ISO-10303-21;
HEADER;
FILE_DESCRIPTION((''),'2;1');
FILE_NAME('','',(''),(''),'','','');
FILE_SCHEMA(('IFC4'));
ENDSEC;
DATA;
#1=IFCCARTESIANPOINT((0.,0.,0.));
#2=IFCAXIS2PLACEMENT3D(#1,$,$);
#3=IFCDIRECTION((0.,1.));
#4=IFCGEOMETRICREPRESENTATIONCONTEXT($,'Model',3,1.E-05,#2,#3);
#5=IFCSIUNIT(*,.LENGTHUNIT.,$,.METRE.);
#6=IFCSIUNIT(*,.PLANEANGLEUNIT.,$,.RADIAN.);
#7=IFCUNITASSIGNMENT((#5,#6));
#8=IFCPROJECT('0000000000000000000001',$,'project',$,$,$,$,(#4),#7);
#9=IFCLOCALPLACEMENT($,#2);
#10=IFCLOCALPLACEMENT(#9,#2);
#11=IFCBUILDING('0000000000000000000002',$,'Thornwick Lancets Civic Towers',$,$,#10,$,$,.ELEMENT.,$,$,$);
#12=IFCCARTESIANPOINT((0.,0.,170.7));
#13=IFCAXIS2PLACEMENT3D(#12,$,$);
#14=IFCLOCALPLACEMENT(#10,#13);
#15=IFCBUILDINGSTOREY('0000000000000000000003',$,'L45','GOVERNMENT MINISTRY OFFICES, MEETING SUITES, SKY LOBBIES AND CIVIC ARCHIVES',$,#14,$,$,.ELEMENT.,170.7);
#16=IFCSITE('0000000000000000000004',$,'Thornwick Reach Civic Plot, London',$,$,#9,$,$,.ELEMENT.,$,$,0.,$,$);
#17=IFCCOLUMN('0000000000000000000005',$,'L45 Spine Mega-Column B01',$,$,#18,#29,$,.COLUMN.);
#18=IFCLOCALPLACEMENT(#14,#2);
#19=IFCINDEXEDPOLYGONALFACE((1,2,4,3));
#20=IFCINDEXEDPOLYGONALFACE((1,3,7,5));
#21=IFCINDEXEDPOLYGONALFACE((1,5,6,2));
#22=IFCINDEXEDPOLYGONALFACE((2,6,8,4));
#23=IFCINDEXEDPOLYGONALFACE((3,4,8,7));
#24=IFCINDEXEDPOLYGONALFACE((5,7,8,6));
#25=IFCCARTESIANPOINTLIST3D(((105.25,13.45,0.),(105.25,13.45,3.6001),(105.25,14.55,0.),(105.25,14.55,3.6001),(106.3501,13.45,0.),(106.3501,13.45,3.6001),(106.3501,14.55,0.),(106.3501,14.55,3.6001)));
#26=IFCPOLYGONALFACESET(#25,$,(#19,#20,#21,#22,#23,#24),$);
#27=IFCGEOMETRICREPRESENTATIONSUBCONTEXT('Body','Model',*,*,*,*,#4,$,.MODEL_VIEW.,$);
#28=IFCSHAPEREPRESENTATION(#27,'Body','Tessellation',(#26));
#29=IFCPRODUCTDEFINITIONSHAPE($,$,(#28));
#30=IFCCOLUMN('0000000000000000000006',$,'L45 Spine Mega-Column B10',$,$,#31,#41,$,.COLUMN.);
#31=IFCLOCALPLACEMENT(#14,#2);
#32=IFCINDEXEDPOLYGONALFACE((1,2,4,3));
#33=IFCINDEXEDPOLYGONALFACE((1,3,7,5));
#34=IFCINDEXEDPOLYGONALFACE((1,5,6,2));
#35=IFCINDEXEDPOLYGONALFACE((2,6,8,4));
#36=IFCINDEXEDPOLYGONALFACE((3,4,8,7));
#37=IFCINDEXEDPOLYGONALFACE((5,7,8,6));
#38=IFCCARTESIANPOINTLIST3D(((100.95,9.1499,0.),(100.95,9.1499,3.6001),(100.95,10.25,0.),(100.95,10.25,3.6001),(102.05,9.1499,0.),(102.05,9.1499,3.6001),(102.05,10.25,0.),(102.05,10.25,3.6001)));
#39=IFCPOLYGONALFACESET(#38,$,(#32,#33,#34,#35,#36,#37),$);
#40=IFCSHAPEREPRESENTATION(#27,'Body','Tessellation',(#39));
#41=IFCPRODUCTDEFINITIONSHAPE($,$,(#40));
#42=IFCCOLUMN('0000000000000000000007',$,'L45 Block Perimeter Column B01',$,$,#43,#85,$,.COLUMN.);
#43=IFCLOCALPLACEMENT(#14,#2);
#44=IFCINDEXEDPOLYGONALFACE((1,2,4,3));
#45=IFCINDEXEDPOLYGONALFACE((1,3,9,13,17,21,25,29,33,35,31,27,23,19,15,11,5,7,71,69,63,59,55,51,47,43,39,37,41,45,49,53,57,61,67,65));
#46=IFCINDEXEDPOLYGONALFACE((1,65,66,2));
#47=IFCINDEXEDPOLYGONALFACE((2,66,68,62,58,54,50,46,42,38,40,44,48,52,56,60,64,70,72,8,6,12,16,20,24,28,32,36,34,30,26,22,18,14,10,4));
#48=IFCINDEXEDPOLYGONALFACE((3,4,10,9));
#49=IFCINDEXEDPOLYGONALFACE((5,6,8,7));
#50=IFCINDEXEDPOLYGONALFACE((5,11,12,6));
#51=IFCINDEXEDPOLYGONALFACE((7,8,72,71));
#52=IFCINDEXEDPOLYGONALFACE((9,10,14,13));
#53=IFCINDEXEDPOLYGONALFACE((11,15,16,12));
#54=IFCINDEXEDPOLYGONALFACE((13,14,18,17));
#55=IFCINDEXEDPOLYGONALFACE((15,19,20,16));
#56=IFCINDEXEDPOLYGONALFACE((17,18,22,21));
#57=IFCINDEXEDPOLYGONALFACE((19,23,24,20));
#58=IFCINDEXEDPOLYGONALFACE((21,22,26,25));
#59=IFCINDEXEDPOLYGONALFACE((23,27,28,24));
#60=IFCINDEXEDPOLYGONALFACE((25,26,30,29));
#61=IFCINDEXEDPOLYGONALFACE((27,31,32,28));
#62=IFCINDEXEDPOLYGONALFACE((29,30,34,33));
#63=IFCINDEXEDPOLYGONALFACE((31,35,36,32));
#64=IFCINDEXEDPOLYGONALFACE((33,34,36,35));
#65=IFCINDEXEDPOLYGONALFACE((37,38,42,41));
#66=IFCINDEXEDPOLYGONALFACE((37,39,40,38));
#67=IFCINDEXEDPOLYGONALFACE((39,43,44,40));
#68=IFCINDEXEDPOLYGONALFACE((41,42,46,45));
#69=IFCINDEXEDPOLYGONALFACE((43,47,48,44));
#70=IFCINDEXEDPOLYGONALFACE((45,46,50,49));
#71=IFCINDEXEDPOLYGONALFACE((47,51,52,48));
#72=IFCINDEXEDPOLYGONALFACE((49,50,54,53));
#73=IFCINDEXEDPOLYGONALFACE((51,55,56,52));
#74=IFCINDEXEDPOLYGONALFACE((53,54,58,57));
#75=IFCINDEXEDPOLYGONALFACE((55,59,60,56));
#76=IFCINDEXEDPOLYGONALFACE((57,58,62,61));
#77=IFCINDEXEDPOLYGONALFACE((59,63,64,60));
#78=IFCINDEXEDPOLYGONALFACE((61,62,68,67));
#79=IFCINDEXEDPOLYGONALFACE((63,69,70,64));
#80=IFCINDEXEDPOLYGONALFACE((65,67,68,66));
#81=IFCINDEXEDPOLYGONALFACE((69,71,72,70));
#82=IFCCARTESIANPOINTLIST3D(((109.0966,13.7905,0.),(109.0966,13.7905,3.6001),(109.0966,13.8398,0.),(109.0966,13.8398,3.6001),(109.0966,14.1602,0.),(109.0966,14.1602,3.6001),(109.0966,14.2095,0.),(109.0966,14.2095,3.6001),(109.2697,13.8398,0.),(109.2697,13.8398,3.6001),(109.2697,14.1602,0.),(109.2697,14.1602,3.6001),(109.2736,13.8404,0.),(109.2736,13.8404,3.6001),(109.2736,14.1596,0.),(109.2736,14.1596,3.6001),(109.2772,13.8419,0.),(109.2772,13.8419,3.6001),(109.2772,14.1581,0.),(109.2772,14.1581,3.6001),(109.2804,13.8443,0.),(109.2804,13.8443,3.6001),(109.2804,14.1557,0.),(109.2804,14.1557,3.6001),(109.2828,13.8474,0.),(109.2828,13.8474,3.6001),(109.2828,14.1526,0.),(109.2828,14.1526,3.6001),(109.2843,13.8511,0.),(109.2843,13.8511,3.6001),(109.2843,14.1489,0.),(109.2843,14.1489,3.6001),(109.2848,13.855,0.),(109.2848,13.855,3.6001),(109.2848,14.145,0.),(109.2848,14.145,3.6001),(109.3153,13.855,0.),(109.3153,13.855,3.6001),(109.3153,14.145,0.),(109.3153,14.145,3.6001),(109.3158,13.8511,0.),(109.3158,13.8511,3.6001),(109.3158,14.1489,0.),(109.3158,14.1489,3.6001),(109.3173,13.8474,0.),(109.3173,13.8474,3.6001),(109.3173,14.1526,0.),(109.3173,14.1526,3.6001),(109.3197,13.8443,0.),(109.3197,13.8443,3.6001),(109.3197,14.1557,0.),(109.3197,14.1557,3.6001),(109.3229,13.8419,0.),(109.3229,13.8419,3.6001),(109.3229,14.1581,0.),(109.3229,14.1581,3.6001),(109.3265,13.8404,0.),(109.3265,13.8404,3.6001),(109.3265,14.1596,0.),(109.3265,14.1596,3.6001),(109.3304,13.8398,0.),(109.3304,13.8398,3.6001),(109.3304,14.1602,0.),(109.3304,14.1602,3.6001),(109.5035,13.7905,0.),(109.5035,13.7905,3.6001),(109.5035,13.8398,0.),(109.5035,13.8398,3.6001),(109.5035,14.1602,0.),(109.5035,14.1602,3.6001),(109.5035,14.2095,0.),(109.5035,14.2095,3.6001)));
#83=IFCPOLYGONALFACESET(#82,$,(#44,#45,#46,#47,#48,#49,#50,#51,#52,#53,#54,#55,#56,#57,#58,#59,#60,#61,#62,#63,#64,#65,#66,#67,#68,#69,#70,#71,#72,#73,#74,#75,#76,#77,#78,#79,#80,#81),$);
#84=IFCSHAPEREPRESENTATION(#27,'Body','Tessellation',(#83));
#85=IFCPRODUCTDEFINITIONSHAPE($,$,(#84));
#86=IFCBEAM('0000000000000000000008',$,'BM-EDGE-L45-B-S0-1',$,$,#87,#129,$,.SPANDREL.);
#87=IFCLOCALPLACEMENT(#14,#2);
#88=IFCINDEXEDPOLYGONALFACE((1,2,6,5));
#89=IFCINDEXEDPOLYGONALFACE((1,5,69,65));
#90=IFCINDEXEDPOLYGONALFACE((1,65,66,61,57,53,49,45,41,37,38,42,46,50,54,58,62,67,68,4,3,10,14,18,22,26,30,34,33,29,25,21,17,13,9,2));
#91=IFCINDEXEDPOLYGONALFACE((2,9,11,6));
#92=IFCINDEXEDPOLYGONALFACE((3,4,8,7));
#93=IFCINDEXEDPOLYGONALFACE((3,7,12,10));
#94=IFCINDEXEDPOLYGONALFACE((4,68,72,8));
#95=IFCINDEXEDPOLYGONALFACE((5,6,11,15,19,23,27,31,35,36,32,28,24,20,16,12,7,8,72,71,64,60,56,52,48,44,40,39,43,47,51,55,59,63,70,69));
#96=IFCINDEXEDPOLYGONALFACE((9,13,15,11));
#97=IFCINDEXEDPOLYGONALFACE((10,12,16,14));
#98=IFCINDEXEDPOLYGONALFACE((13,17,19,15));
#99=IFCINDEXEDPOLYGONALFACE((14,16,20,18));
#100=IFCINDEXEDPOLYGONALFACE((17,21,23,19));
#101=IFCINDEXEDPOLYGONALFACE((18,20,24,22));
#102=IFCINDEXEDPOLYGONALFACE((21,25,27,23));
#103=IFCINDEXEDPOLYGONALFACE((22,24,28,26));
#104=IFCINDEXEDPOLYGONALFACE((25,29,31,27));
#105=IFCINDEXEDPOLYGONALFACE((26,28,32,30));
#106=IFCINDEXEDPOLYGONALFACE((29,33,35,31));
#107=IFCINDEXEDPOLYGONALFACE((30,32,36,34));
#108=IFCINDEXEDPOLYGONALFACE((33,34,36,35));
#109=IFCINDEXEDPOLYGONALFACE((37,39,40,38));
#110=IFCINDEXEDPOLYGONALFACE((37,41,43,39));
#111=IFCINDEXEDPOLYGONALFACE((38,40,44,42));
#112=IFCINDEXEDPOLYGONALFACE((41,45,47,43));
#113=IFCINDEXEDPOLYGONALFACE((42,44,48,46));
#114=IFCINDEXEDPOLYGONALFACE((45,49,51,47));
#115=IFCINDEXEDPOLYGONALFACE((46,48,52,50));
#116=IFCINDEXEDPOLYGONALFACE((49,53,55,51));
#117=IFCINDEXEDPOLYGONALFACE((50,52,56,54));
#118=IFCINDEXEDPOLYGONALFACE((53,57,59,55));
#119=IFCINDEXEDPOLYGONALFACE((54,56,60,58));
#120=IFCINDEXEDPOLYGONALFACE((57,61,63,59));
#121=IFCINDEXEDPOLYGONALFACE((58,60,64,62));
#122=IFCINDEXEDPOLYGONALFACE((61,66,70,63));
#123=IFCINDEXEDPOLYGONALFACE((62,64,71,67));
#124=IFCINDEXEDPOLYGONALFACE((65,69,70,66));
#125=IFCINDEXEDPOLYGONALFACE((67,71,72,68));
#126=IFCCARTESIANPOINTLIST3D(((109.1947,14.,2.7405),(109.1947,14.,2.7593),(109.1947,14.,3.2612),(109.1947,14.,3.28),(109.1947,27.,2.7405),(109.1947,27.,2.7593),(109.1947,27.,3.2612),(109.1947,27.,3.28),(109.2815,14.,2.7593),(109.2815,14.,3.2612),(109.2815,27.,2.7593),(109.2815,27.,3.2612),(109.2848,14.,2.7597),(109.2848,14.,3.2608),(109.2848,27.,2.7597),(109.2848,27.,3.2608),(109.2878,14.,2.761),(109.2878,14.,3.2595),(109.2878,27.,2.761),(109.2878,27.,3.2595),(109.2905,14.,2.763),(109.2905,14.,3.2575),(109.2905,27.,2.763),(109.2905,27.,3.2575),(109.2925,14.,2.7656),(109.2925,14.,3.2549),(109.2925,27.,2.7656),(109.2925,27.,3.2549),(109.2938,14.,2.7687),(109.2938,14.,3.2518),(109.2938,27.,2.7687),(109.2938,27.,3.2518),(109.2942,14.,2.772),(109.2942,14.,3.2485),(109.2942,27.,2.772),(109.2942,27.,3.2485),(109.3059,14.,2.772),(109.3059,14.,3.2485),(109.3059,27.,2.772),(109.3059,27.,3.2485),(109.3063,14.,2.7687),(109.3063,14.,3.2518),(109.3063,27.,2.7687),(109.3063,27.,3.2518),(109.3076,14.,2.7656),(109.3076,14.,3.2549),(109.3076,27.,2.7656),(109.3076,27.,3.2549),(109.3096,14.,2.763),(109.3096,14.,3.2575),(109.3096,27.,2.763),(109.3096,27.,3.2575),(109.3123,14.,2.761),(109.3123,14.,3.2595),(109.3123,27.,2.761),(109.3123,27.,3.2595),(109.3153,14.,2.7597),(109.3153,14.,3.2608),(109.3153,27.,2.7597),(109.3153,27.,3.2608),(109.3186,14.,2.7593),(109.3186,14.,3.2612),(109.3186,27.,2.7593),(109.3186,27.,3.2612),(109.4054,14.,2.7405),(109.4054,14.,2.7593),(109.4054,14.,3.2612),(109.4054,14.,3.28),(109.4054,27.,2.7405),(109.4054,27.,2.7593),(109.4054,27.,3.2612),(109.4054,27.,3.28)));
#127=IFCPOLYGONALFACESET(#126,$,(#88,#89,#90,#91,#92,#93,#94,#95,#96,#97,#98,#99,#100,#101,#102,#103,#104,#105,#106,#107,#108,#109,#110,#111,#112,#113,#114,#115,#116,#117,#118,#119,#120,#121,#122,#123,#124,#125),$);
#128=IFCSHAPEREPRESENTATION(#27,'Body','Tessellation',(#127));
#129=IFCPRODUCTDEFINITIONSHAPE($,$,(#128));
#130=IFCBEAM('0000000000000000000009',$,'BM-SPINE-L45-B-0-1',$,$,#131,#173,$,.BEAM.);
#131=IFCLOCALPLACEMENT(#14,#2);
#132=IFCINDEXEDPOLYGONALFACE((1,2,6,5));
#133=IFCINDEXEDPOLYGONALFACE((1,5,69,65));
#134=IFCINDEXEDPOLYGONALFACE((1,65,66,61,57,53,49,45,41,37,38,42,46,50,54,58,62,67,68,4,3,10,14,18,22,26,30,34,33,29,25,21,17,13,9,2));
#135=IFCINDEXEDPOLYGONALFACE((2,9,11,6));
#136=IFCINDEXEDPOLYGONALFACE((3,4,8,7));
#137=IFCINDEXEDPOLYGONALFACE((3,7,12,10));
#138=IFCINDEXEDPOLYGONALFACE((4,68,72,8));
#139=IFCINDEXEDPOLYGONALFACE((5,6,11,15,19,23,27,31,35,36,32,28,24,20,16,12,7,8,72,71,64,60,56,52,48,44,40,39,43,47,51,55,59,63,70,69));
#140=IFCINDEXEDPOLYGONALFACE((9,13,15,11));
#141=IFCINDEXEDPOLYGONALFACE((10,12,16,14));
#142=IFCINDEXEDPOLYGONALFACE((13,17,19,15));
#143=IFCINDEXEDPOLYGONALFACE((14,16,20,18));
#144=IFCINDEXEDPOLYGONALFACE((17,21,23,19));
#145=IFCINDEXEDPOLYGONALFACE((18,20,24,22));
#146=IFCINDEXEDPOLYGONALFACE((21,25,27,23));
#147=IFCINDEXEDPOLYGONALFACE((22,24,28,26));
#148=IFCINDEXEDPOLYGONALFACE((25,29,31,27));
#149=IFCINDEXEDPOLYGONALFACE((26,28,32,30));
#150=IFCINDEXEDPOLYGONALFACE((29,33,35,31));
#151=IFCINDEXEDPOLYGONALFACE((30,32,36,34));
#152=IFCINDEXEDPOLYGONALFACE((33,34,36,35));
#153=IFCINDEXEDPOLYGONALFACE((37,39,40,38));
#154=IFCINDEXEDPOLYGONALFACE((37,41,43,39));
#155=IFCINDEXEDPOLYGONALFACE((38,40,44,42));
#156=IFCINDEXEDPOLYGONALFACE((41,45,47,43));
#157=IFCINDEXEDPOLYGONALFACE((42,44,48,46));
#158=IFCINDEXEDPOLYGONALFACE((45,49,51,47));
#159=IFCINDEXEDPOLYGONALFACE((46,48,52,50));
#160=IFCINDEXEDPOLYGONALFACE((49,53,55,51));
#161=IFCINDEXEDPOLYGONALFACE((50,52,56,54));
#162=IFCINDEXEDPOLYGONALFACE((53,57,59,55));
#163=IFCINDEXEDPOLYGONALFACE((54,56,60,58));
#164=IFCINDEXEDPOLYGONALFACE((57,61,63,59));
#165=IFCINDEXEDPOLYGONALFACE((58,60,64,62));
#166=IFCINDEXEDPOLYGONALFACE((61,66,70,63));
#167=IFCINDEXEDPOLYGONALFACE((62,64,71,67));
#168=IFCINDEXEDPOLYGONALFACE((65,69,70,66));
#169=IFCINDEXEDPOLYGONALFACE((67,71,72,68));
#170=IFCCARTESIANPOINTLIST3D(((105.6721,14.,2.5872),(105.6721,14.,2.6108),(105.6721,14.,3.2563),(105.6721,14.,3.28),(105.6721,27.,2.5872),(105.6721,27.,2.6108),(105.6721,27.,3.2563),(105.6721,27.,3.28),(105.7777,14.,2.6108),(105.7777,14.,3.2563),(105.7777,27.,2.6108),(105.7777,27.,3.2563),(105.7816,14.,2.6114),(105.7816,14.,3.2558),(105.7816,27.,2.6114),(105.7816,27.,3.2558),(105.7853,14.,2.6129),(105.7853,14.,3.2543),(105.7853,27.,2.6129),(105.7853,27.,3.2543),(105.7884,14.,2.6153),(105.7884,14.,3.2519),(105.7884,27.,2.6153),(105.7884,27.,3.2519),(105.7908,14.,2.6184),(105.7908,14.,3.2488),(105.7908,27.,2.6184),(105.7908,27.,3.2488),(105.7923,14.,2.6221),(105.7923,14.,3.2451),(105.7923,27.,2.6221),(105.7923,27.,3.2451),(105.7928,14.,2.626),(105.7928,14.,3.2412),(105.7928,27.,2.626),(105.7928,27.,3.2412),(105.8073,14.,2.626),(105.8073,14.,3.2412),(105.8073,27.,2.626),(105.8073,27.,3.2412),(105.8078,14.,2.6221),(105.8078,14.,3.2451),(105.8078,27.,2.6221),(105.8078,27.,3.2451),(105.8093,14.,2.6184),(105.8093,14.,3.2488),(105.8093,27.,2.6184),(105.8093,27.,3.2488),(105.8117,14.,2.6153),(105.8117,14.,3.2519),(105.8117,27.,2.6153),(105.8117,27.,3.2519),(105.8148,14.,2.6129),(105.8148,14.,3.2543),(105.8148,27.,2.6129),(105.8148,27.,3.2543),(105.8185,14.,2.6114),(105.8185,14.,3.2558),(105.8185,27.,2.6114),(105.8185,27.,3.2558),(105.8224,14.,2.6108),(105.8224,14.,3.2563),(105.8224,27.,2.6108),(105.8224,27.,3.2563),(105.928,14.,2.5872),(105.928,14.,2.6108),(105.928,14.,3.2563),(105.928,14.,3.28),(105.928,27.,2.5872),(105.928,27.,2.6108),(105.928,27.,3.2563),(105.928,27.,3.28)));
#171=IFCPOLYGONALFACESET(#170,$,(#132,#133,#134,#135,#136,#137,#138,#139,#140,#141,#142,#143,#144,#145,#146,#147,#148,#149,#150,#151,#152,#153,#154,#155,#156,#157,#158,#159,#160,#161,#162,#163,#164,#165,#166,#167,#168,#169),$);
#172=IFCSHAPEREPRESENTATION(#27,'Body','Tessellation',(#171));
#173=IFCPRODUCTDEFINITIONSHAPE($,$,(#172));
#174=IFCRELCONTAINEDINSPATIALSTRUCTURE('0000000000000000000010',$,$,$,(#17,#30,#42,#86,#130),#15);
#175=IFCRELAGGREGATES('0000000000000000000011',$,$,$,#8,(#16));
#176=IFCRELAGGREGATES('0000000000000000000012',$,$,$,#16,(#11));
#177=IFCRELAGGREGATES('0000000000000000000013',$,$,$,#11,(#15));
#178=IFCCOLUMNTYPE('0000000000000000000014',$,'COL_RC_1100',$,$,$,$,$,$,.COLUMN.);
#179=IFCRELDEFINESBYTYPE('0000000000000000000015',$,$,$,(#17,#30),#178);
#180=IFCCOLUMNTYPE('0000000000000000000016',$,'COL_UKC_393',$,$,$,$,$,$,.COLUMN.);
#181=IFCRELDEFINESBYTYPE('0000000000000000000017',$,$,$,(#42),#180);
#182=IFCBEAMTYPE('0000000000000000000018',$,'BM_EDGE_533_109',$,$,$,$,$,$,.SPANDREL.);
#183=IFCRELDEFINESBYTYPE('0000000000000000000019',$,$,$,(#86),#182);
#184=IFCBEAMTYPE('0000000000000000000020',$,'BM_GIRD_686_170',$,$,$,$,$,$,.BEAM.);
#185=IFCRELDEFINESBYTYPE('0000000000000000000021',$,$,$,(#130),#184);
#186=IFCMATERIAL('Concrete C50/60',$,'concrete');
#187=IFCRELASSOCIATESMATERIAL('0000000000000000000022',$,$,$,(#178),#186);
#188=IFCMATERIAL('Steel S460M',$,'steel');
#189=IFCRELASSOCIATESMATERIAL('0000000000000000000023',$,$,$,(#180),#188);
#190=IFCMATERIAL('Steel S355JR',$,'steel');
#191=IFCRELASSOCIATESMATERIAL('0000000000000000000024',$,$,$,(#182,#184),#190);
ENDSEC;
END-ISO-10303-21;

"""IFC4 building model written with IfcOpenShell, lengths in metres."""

from ifc_helpers import new_model, si_unit, direction, frame, origin, origin_2d, place, context, subcontext, project, spatial, rectangle, i_section, extrude, material, material_profile, profile_set, type_object, element, save


model = new_model("IFC4")

# Units and contexts
model_context = context("Model", 3, precision=1e-05, world=origin(), true_north=direction((0.0, 1.0)))
body_context = subcontext(model_context, "Body", "Model", "MODEL_VIEW")
ifc_project = project(units=[si_unit("LENGTHUNIT", "METRE"), si_unit("PLANEANGLEUNIT", "RADIAN")], contexts=[model_context])

# Site, building, storey
site_placement = place(None, origin())
site = spatial("IfcSite", under=ifc_project, at=site_placement, Name="Thornwick Reach Civic Plot, London", CompositionType="ELEMENT", RefElevation=0.0)
building_placement = place(site_placement, origin())
building = spatial("IfcBuilding", under=site, at=building_placement, Name="Thornwick Lancets Civic Towers", CompositionType="ELEMENT")
storey_placement = place(building_placement, frame((0.0, 0.0, 170.7)))
storey = spatial("IfcBuildingStorey", under=building, at=storey_placement, Name="L45", Description="GOVERNMENT MINISTRY OFFICES, MEETING SUITES, SKY LOBBIES AND CIVIC ARCHIVES", CompositionType="ELEMENT", Elevation=170.7)

# Columns
ifc_material_1 = material(Name="Concrete C50/60", Category="concrete")
ifc_material_profile_1 = material_profile(ifc_material_1, rectangle(XDim=1.1001, YDim=1.1001, at=origin_2d()), Name="RC 1100x1100")
ifc_profile_set_1 = profile_set([ifc_material_profile_1], Name="Concrete C50/60")
column_type_1 = type_object("IfcColumnType", Name="COL_RC_1100", PredefinedType="COLUMN", material=ifc_profile_set_1)
for number, where, z_axis, x_axis, name in (
    (1, (105.8, 14.0, 0.0), (0.0, 0.0, 1.0), (1.0, 0.0, 0.0), "L45 Spine Mega-Column B01"),
    (2, (101.5, 9.7, 0.0), (0.0, 0.0, 1.0), (1.0, 0.0, 0.0), "L45 Spine Mega-Column B10"),
):
    element("IfcColumn", number, at=place(storey_placement, frame(where, z_axis=z_axis, x_axis=x_axis)), inside=storey, type_object=column_type_1, Name=name, PredefinedType="COLUMN", context=body_context, shape_type="SweptSolid", body=[
        extrude(rectangle(XDim=1.1001, YDim=1.1001, at=origin_2d()), origin(), (0.0, 0.0, 1.0), 3.6001),
    ])
ifc_material_2 = material(Name="Steel S460M", Category="steel")
ifc_material_profile_2 = material_profile(ifc_material_2, i_section(OverallWidth=0.407, OverallDepth=0.4189, WebThickness=0.0305, FlangeThickness=0.0493, FilletRadius=0.0151, at=origin_2d()), Name="UKC 356x406x393")
ifc_profile_set_2 = profile_set([ifc_material_profile_2], Name="Steel S460M")
column_type_2 = type_object("IfcColumnType", Name="COL_UKC_393", PredefinedType="COLUMN", material=ifc_profile_set_2)
column_placement = place(storey_placement, frame((109.3, 14.0, 0.0), z_axis=(0.0, 0.0, 1.0), x_axis=(1.0, 0.0, 0.0)))
element("IfcColumn", 3, at=column_placement, inside=storey, type_object=column_type_2, Name="L45 Block Perimeter Column B01", PredefinedType="COLUMN", context=body_context, shape_type="SweptSolid", body=[
    extrude(i_section(OverallWidth=0.407, OverallDepth=0.4189, WebThickness=0.0305, FlangeThickness=0.0493, FilletRadius=0.0151, at=origin_2d()), origin(), (0.0, 0.0, 1.0), 3.6001),
])

# Beams
ifc_material_3 = material(Name="Steel S355JR", Category="steel")
ifc_material_profile_3 = material_profile(ifc_material_3, i_section(OverallWidth=0.2107, OverallDepth=0.5396, WebThickness=0.0117, FlangeThickness=0.0188, FilletRadius=0.0127, at=origin_2d()), Name="UKB 533x210x109")
ifc_profile_set_3 = profile_set([ifc_material_profile_3], Name="Steel S355JR")
beam_type_1 = type_object("IfcBeamType", Name="BM_EDGE_533_109", PredefinedType="SPANDREL", material=ifc_profile_set_3)
beam_1_placement = place(storey_placement, frame((109.3, 14.0, 3.0103), z_axis=(0.0, 1.0, 0.0), x_axis=(-1.0, 0.0, 0.0)))
element("IfcBeam", 4, at=beam_1_placement, inside=storey, type_object=beam_type_1, Name="BM-EDGE-L45-B-S0-1", PredefinedType="SPANDREL", context=body_context, shape_type="SweptSolid", body=[
    extrude(i_section(OverallWidth=0.2107, OverallDepth=0.5396, WebThickness=0.0117, FlangeThickness=0.0188, FilletRadius=0.0127, at=origin_2d()), origin(), (0.0, 0.0, 1.0), 13.0),
])
ifc_material_profile_4 = material_profile(ifc_material_3, i_section(OverallWidth=0.2559, OverallDepth=0.6929, WebThickness=0.0144, FlangeThickness=0.0237, FilletRadius=0.0151, at=origin_2d()), Name="UKB 686x254x170")
ifc_profile_set_4 = profile_set([ifc_material_profile_4], Name="Steel S355JR")
beam_type_2 = type_object("IfcBeamType", Name="BM_GIRD_686_170", PredefinedType="BEAM", material=ifc_profile_set_4)
for number, where, z_axis, x_axis, name in (
    (5, (105.8, 14.0, 2.9336), (0.0, 1.0, 0.0), (-1.0, 0.0, 0.0), "BM-SPINE-L45-B-0-1"),
):
    element("IfcBeam", number, at=place(storey_placement, frame(where, z_axis=z_axis, x_axis=x_axis)), inside=storey, type_object=beam_type_2, Name=name, PredefinedType="BEAM", context=body_context, shape_type="SweptSolid", body=[
        extrude(i_section(OverallWidth=0.2559, OverallDepth=0.6929, WebThickness=0.0144, FlangeThickness=0.0237, FilletRadius=0.0151, at=origin_2d()), origin(), (0.0, 0.0, 1.0), 13.0),
    ])

save(model, "model.ifc")
